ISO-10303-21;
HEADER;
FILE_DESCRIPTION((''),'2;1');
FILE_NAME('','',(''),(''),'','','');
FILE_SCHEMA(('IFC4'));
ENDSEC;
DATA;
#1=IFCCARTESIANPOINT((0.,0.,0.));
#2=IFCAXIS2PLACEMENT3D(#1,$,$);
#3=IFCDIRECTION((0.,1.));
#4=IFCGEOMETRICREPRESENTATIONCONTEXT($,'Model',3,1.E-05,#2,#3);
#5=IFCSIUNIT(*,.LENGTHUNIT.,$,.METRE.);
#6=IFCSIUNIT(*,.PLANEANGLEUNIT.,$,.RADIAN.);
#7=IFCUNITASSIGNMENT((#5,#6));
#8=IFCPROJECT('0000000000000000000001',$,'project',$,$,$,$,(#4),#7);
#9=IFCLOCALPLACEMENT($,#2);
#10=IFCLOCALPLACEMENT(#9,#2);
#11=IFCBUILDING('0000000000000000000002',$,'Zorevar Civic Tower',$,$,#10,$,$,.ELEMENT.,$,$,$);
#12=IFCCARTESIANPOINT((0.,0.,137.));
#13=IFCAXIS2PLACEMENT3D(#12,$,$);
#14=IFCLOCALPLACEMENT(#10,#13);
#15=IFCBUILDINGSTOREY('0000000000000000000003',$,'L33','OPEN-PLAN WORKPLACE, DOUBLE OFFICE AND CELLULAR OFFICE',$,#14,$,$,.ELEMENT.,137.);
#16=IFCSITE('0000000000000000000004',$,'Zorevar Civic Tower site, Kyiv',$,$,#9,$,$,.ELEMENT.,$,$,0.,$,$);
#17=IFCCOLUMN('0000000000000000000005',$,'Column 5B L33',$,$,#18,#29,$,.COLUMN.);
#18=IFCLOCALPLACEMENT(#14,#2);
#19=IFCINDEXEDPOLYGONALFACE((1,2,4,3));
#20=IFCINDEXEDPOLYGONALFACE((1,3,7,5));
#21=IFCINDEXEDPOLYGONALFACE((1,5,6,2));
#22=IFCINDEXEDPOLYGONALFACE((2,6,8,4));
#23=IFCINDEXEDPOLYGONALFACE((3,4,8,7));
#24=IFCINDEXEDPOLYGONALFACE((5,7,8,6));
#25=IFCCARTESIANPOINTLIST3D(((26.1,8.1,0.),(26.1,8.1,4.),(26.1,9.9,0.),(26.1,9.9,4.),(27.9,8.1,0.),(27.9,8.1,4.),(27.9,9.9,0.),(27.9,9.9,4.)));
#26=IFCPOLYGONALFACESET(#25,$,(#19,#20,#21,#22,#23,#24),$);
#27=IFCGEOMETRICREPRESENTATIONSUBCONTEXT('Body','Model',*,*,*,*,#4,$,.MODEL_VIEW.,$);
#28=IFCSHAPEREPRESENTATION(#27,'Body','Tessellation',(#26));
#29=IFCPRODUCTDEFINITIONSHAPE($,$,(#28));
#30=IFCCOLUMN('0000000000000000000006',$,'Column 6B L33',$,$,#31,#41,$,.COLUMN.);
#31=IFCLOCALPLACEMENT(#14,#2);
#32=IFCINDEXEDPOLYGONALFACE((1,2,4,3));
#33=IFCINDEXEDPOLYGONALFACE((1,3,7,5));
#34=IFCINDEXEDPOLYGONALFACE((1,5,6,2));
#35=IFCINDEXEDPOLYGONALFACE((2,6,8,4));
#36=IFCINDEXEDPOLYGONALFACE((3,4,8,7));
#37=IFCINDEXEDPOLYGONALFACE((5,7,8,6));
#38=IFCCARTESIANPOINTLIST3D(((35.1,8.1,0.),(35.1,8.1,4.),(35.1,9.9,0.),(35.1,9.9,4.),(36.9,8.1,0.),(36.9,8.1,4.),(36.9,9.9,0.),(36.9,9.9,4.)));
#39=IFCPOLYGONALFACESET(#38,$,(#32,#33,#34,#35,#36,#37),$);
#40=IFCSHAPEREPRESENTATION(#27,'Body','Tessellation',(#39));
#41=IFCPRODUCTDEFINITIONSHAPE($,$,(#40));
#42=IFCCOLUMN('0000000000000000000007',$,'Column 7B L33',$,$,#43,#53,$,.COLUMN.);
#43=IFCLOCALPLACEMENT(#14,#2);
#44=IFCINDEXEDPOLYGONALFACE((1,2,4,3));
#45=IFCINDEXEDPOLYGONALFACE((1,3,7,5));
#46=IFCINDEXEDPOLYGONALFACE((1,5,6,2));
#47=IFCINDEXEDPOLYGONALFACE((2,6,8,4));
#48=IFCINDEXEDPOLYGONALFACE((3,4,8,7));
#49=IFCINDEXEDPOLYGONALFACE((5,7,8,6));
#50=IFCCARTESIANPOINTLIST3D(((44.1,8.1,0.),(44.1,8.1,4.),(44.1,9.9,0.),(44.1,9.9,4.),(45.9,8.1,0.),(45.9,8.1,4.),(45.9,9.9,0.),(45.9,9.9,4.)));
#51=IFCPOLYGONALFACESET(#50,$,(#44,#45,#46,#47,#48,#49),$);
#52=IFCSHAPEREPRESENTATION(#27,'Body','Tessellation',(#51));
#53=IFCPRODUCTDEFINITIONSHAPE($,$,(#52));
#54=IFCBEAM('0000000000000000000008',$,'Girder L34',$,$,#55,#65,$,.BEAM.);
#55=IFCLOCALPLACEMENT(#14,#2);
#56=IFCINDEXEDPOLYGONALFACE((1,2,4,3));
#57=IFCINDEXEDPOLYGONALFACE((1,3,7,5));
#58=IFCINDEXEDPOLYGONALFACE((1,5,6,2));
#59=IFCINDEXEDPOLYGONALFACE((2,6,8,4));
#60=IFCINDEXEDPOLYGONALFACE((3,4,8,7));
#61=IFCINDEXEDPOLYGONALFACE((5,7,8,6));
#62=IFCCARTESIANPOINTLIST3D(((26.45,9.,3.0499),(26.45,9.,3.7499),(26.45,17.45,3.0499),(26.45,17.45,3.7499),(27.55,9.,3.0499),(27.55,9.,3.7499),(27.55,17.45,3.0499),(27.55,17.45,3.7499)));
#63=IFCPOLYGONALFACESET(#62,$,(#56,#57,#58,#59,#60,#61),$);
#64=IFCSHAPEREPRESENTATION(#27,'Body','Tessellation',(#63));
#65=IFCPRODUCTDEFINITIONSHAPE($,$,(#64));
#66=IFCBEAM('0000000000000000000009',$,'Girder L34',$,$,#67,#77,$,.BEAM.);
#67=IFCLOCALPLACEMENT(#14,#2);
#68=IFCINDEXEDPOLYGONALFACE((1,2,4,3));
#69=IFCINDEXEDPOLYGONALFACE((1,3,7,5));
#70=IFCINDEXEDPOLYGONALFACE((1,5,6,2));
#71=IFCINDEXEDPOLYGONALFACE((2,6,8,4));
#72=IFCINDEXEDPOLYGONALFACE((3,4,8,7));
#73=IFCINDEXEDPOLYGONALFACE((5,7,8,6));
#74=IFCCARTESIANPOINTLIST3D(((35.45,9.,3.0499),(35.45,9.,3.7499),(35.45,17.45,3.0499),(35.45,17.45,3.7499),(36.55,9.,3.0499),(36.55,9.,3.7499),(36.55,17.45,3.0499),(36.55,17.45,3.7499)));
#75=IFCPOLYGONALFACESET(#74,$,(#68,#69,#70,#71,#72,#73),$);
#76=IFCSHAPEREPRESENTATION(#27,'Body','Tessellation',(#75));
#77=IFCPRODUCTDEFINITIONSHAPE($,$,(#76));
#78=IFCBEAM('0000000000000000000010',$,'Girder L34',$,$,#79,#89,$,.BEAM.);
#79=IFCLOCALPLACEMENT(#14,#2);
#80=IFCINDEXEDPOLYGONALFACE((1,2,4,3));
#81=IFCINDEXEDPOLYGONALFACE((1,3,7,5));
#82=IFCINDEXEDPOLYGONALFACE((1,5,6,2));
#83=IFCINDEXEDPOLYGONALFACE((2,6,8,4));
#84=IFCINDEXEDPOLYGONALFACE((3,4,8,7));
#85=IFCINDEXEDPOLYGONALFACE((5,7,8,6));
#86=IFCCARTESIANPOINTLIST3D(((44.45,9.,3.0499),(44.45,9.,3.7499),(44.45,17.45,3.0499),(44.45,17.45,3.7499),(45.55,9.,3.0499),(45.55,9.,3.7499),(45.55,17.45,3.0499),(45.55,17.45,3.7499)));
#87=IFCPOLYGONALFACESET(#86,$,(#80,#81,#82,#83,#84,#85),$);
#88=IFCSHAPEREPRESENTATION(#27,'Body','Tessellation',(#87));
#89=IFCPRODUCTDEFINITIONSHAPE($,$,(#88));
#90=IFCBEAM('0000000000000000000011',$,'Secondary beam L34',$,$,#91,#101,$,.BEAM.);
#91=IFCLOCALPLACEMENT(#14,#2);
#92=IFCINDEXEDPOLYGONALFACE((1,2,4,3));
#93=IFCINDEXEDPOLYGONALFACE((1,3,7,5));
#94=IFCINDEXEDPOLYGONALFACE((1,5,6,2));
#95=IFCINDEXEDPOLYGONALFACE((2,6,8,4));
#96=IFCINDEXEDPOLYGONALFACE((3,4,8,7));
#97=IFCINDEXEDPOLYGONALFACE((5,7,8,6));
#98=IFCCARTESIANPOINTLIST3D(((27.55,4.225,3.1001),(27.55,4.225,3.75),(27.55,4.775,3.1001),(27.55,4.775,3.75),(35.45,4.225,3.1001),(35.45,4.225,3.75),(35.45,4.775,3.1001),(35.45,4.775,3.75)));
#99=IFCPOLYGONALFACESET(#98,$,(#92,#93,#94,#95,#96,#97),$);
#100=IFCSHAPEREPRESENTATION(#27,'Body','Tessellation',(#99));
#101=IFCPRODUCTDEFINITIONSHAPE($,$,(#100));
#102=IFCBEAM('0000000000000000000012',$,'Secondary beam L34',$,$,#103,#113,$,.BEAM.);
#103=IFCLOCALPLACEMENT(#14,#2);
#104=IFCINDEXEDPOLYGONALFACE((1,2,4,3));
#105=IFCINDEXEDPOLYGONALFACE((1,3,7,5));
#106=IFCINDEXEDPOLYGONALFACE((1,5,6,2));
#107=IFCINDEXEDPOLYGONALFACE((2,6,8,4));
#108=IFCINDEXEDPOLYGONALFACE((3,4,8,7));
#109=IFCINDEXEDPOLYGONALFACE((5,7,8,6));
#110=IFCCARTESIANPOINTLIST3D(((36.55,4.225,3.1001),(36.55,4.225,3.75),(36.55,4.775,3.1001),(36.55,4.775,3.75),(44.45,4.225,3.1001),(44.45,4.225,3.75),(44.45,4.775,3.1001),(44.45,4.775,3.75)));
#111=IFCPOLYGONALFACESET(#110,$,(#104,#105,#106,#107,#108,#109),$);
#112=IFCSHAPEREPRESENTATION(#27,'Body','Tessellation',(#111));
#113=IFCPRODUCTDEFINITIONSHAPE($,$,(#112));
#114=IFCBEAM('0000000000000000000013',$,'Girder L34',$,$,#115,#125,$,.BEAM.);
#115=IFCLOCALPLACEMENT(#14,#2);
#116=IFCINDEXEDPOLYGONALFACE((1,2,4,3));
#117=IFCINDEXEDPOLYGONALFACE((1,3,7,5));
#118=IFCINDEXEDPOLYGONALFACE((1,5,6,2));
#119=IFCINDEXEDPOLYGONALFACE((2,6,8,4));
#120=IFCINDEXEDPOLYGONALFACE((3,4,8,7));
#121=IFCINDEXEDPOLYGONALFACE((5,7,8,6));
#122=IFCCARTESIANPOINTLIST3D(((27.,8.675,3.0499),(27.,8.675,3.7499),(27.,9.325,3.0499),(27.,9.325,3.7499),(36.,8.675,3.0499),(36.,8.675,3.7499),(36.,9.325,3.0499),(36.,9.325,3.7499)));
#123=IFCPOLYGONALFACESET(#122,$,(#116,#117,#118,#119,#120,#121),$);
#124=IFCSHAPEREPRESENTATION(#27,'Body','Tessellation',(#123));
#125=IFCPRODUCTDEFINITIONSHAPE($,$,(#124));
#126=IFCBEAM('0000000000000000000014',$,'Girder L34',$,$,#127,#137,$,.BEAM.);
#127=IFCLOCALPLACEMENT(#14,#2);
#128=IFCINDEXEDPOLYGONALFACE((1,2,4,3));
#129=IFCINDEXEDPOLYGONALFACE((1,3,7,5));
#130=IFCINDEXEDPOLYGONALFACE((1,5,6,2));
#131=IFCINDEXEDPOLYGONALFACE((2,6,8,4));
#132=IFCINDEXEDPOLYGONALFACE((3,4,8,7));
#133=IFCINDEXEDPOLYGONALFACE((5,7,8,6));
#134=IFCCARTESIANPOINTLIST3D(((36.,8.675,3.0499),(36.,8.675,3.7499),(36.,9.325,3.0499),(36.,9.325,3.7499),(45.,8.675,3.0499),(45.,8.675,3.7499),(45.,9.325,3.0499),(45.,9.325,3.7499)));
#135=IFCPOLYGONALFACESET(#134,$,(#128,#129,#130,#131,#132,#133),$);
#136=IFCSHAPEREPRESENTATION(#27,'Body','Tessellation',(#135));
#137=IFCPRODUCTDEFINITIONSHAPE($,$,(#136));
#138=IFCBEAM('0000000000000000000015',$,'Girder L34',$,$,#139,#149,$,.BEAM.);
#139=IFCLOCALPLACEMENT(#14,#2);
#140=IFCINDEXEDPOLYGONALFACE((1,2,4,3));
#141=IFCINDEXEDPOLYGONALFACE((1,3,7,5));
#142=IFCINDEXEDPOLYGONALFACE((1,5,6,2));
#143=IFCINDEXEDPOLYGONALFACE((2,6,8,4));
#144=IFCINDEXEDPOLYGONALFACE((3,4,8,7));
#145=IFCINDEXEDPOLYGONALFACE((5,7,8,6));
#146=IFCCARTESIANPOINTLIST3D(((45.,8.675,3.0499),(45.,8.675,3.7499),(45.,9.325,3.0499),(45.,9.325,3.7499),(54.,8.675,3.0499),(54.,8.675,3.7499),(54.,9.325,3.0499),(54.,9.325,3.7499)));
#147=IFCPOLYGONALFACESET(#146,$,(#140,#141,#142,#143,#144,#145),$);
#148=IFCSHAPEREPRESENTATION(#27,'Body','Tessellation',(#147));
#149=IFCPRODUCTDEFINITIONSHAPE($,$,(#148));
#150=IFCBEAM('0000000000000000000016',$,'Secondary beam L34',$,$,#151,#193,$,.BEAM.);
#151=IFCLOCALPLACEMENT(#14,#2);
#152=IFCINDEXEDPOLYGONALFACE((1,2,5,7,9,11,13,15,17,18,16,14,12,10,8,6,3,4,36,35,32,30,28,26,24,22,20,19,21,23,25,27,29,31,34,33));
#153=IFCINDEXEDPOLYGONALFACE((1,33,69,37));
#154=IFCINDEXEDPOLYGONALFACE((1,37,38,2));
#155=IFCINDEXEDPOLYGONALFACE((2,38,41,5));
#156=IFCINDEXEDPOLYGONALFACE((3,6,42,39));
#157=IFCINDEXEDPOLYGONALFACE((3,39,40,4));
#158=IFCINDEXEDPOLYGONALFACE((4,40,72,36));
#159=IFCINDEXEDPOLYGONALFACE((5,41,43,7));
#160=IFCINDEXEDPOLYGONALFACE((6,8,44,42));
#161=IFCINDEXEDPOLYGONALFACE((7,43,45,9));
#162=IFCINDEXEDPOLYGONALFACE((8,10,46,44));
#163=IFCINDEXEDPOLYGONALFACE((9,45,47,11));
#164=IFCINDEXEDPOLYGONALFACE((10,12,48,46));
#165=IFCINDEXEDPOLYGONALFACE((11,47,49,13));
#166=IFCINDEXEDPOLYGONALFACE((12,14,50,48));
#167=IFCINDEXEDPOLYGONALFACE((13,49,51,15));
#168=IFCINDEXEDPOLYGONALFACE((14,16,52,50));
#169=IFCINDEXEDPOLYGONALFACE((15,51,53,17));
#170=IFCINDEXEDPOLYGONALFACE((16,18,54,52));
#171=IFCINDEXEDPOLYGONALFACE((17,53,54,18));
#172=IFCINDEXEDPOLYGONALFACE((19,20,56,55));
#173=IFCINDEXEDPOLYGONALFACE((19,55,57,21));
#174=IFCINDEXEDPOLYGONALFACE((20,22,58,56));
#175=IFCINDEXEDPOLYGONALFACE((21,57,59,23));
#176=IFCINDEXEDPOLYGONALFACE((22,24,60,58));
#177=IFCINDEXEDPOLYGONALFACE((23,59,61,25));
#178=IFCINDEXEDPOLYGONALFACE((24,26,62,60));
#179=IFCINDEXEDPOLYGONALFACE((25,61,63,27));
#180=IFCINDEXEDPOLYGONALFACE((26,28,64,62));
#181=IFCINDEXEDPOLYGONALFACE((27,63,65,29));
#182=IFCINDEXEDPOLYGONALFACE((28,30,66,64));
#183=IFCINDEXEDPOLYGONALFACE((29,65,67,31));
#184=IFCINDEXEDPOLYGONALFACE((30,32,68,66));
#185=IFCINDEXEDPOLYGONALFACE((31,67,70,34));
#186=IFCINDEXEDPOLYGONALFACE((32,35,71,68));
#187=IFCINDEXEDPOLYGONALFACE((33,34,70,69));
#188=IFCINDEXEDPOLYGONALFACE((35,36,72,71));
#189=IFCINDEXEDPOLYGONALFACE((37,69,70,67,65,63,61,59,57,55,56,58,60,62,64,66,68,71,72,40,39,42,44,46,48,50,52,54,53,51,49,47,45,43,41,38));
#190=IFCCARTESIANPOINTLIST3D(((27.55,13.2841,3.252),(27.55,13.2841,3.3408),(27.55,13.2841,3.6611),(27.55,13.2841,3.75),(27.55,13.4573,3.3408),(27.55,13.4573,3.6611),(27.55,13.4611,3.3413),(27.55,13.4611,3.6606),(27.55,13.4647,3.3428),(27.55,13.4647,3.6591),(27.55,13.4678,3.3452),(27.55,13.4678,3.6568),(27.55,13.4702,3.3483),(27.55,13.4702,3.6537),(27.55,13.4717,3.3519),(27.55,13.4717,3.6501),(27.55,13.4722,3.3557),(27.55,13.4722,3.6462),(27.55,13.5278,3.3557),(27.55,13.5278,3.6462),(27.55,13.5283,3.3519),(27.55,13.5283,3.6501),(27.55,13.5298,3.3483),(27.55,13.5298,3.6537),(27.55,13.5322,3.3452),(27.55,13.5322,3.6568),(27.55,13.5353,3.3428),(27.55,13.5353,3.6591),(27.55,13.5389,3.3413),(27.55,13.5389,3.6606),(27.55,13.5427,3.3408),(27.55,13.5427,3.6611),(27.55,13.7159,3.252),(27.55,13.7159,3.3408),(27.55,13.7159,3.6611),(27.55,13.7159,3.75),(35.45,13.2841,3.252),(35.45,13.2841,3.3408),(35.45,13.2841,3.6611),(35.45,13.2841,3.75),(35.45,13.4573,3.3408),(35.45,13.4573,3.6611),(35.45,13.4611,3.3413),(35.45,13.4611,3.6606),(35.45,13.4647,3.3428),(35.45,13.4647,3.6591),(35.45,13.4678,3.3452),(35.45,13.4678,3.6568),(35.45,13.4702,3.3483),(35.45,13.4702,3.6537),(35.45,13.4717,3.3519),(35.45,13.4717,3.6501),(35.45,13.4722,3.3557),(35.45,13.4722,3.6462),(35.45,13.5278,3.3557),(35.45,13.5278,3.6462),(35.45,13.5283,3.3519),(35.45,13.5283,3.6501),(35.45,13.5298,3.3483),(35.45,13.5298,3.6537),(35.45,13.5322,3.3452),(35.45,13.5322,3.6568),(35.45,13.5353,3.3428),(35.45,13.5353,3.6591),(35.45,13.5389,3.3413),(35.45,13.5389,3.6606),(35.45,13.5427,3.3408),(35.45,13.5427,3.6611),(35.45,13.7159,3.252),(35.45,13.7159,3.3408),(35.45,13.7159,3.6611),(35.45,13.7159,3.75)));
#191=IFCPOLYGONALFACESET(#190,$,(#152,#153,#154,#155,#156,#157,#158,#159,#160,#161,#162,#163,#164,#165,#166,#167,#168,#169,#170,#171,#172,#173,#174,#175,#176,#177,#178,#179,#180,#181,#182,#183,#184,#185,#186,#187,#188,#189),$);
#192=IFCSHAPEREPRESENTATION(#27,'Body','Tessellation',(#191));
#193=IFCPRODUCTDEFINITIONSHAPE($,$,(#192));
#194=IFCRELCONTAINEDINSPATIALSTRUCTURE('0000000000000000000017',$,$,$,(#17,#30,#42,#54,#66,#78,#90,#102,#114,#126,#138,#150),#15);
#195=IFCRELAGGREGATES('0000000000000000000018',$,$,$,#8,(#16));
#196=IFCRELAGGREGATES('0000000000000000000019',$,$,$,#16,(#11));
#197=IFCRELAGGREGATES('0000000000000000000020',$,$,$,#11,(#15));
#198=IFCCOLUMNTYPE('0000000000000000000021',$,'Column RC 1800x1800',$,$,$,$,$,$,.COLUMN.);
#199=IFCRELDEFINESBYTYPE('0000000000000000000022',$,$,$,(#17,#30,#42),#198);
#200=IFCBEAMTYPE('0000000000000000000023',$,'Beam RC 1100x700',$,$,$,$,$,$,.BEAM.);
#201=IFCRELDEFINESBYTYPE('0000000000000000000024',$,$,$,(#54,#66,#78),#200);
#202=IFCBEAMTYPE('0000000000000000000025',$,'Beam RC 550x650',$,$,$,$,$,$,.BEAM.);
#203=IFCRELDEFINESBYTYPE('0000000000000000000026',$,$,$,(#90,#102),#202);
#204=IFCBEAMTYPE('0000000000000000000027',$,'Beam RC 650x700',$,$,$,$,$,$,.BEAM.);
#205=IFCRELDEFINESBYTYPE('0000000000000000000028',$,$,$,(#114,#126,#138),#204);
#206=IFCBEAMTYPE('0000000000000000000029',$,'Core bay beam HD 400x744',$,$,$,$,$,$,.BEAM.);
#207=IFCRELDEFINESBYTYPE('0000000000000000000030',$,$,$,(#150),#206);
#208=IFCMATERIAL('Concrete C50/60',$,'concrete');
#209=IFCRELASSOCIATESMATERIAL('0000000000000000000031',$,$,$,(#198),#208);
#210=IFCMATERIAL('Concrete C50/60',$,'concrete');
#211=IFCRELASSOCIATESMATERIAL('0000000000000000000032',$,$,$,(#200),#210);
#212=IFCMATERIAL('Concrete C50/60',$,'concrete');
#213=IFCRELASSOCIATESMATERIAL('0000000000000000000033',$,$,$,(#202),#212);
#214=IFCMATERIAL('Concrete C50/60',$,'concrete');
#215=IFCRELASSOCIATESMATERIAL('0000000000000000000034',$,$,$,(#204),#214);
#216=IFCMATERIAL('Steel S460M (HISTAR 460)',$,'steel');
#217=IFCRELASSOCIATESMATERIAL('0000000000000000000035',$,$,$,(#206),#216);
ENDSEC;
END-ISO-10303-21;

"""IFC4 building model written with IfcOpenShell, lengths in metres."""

from ifc_helpers import new_model, si_unit, direction, frame, origin, origin_2d, place, context, subcontext, project, spatial, rectangle, i_section, extrude, material, material_profile, profile_set, type_object, element, save


model = new_model("IFC4")

# Units and contexts
model_context = context("Model", 3, precision=1e-05, world=origin(), true_north=direction((0.0, 1.0)))
body_context = subcontext(model_context, "Body", "Model", "MODEL_VIEW")
ifc_project = project(units=[si_unit("LENGTHUNIT", "METRE"), si_unit("PLANEANGLEUNIT", "RADIAN")], contexts=[model_context])

# Site, building, storey
site_placement = place(None, origin())
site = spatial("IfcSite", under=ifc_project, at=site_placement, Name="Zorevar Civic Tower site, Kyiv", CompositionType="ELEMENT", RefElevation=0.0)
building_placement = place(site_placement, origin())
building = spatial("IfcBuilding", under=site, at=building_placement, Name="Zorevar Civic Tower", CompositionType="ELEMENT")
storey_placement = place(building_placement, frame((0.0, 0.0, 137.0)))
storey = spatial("IfcBuildingStorey", under=building, at=storey_placement, Name="L33", Description="OPEN-PLAN WORKPLACE, DOUBLE OFFICE AND CELLULAR OFFICE", CompositionType="ELEMENT", Elevation=137.0)

# Columns
ifc_material_1 = material(Name="Concrete C50/60", Category="concrete")
ifc_material_profile_1 = material_profile(ifc_material_1, rectangle(XDim=1.8, YDim=1.8, at=origin_2d()), Name="RC 1800x1800")
ifc_profile_set_1 = profile_set([ifc_material_profile_1], Name="Concrete C50/60")
column_type = type_object("IfcColumnType", Name="Column RC 1800x1800", PredefinedType="COLUMN", material=ifc_profile_set_1)
for number, where, z_axis, x_axis, name in (
    (1, (27.0, 9.0, 0.0), (0.0, 0.0, 1.0), (1.0, 0.0, 0.0), "Column 5B L33"),
    (2, (36.0, 9.0, 0.0), (0.0, 0.0, 1.0), (1.0, 0.0, 0.0), "Column 6B L33"),
    (3, (45.0, 9.0, 0.0), (0.0, 0.0, 1.0), (1.0, 0.0, 0.0), "Column 7B L33"),
):
    element("IfcColumn", number, at=place(storey_placement, frame(where, z_axis=z_axis, x_axis=x_axis)), inside=storey, type_object=column_type, Name=name, PredefinedType="COLUMN", context=body_context, shape_type="SweptSolid", body=[
        extrude(rectangle(XDim=1.8, YDim=1.8, at=origin_2d()), origin(), (0.0, 0.0, 1.0), 4.0),
    ])

# Beams
ifc_material_2 = material(Name="Concrete C50/60", Category="concrete")
ifc_material_profile_2 = material_profile(ifc_material_2, rectangle(XDim=1.1001, YDim=0.7, at=origin_2d()), Name="RC 1100x700")
ifc_profile_set_2 = profile_set([ifc_material_profile_2], Name="Concrete C50/60")
beam_type_1 = type_object("IfcBeamType", Name="Beam RC 1100x700", PredefinedType="BEAM", material=ifc_profile_set_2)
for number, where, z_axis, x_axis, name in (
    (4, (27.0, 9.0, 3.3999), (0.0, 1.0, 0.0), (-1.0, 0.0, 0.0), "Girder L34"),
    (5, (36.0, 9.0, 3.3999), (0.0, 1.0, 0.0), (-1.0, 0.0, 0.0), "Girder L34"),
    (6, (45.0, 9.0, 3.3999), (0.0, 1.0, 0.0), (-1.0, 0.0, 0.0), "Girder L34"),
):
    element("IfcBeam", number, at=place(storey_placement, frame(where, z_axis=z_axis, x_axis=x_axis)), inside=storey, type_object=beam_type_1, Name=name, PredefinedType="BEAM", context=body_context, shape_type="SweptSolid", body=[
        extrude(rectangle(XDim=1.1001, YDim=0.7, at=origin_2d()), origin(), (0.0, 0.0, 1.0), 8.45),
    ])
ifc_material_3 = material(Name="Concrete C50/60", Category="concrete")
ifc_material_profile_3 = material_profile(ifc_material_3, rectangle(XDim=0.55, YDim=0.6499, at=origin_2d()), Name="RC 550x650")
ifc_profile_set_3 = profile_set([ifc_material_profile_3], Name="Concrete C50/60")
beam_type_2 = type_object("IfcBeamType", Name="Beam RC 550x650", PredefinedType="BEAM", material=ifc_profile_set_3)
for number, where, z_axis, x_axis, name in (
    (7, (27.55, 4.5, 3.425), (1.0, 0.0, 0.0), (0.0, 1.0, 0.0), "Secondary beam L34"),
    (8, (36.55, 4.5, 3.425), (1.0, 0.0, 0.0), (0.0, 1.0, 0.0), "Secondary beam L34"),
):
    element("IfcBeam", number, at=place(storey_placement, frame(where, z_axis=z_axis, x_axis=x_axis)), inside=storey, type_object=beam_type_2, Name=name, PredefinedType="BEAM", context=body_context, shape_type="SweptSolid", body=[
        extrude(rectangle(XDim=0.55, YDim=0.6499, at=origin_2d()), origin(), (0.0, 0.0, 1.0), 7.8999),
    ])
ifc_material_4 = material(Name="Concrete C50/60", Category="concrete")
ifc_material_profile_4 = material_profile(ifc_material_4, rectangle(XDim=0.6499, YDim=0.7, at=origin_2d()), Name="RC 650x700")
ifc_profile_set_4 = profile_set([ifc_material_profile_4], Name="Concrete C50/60")
beam_type_3 = type_object("IfcBeamType", Name="Beam RC 650x700", PredefinedType="BEAM", material=ifc_profile_set_4)
for number, where, z_axis, x_axis, name in (
    (9, (27.0, 9.0, 3.3999), (1.0, 0.0, 0.0), (0.0, 1.0, 0.0), "Girder L34"),
    (10, (36.0, 9.0, 3.3999), (1.0, 0.0, 0.0), (0.0, 1.0, 0.0), "Girder L34"),
    (11, (45.0, 9.0, 3.3999), (1.0, 0.0, 0.0), (0.0, 1.0, 0.0), "Girder L34"),
):
    element("IfcBeam", number, at=place(storey_placement, frame(where, z_axis=z_axis, x_axis=x_axis)), inside=storey, type_object=beam_type_3, Name=name, PredefinedType="BEAM", context=body_context, shape_type="SweptSolid", body=[
        extrude(rectangle(XDim=0.6499, YDim=0.7, at=origin_2d()), origin(), (0.0, 0.0, 1.0), 9.0),
    ])
ifc_material_5 = material(Name="Steel S460M (HISTAR 460)", Category="steel")
ifc_material_profile_5 = material_profile(ifc_material_5, i_section(OverallWidth=0.4319, OverallDepth=0.498, WebThickness=0.0557, FlangeThickness=0.0889, FilletRadius=0.0149, at=origin_2d()), Name="HD 400x744")
ifc_profile_set_5 = profile_set([ifc_material_profile_5], Name="Steel S460M (HISTAR 460)")
beam_type_4 = type_object("IfcBeamType", Name="Core bay beam HD 400x744", PredefinedType="BEAM", material=ifc_profile_set_5)
for number, where, z_axis, x_axis, name in (
    (12, (27.55, 13.5, 3.501), (1.0, 0.0, 0.0), (0.0, 1.0, 0.0), "Secondary beam L34"),
):
    element("IfcBeam", number, at=place(storey_placement, frame(where, z_axis=z_axis, x_axis=x_axis)), inside=storey, type_object=beam_type_4, Name=name, PredefinedType="BEAM", context=body_context, shape_type="SweptSolid", body=[
        extrude(i_section(OverallWidth=0.4319, OverallDepth=0.498, WebThickness=0.0557, FlangeThickness=0.0889, FilletRadius=0.0149, at=origin_2d()), origin(), (0.0, 0.0, 1.0), 7.8999),
    ])

save(model, "model.ifc")
